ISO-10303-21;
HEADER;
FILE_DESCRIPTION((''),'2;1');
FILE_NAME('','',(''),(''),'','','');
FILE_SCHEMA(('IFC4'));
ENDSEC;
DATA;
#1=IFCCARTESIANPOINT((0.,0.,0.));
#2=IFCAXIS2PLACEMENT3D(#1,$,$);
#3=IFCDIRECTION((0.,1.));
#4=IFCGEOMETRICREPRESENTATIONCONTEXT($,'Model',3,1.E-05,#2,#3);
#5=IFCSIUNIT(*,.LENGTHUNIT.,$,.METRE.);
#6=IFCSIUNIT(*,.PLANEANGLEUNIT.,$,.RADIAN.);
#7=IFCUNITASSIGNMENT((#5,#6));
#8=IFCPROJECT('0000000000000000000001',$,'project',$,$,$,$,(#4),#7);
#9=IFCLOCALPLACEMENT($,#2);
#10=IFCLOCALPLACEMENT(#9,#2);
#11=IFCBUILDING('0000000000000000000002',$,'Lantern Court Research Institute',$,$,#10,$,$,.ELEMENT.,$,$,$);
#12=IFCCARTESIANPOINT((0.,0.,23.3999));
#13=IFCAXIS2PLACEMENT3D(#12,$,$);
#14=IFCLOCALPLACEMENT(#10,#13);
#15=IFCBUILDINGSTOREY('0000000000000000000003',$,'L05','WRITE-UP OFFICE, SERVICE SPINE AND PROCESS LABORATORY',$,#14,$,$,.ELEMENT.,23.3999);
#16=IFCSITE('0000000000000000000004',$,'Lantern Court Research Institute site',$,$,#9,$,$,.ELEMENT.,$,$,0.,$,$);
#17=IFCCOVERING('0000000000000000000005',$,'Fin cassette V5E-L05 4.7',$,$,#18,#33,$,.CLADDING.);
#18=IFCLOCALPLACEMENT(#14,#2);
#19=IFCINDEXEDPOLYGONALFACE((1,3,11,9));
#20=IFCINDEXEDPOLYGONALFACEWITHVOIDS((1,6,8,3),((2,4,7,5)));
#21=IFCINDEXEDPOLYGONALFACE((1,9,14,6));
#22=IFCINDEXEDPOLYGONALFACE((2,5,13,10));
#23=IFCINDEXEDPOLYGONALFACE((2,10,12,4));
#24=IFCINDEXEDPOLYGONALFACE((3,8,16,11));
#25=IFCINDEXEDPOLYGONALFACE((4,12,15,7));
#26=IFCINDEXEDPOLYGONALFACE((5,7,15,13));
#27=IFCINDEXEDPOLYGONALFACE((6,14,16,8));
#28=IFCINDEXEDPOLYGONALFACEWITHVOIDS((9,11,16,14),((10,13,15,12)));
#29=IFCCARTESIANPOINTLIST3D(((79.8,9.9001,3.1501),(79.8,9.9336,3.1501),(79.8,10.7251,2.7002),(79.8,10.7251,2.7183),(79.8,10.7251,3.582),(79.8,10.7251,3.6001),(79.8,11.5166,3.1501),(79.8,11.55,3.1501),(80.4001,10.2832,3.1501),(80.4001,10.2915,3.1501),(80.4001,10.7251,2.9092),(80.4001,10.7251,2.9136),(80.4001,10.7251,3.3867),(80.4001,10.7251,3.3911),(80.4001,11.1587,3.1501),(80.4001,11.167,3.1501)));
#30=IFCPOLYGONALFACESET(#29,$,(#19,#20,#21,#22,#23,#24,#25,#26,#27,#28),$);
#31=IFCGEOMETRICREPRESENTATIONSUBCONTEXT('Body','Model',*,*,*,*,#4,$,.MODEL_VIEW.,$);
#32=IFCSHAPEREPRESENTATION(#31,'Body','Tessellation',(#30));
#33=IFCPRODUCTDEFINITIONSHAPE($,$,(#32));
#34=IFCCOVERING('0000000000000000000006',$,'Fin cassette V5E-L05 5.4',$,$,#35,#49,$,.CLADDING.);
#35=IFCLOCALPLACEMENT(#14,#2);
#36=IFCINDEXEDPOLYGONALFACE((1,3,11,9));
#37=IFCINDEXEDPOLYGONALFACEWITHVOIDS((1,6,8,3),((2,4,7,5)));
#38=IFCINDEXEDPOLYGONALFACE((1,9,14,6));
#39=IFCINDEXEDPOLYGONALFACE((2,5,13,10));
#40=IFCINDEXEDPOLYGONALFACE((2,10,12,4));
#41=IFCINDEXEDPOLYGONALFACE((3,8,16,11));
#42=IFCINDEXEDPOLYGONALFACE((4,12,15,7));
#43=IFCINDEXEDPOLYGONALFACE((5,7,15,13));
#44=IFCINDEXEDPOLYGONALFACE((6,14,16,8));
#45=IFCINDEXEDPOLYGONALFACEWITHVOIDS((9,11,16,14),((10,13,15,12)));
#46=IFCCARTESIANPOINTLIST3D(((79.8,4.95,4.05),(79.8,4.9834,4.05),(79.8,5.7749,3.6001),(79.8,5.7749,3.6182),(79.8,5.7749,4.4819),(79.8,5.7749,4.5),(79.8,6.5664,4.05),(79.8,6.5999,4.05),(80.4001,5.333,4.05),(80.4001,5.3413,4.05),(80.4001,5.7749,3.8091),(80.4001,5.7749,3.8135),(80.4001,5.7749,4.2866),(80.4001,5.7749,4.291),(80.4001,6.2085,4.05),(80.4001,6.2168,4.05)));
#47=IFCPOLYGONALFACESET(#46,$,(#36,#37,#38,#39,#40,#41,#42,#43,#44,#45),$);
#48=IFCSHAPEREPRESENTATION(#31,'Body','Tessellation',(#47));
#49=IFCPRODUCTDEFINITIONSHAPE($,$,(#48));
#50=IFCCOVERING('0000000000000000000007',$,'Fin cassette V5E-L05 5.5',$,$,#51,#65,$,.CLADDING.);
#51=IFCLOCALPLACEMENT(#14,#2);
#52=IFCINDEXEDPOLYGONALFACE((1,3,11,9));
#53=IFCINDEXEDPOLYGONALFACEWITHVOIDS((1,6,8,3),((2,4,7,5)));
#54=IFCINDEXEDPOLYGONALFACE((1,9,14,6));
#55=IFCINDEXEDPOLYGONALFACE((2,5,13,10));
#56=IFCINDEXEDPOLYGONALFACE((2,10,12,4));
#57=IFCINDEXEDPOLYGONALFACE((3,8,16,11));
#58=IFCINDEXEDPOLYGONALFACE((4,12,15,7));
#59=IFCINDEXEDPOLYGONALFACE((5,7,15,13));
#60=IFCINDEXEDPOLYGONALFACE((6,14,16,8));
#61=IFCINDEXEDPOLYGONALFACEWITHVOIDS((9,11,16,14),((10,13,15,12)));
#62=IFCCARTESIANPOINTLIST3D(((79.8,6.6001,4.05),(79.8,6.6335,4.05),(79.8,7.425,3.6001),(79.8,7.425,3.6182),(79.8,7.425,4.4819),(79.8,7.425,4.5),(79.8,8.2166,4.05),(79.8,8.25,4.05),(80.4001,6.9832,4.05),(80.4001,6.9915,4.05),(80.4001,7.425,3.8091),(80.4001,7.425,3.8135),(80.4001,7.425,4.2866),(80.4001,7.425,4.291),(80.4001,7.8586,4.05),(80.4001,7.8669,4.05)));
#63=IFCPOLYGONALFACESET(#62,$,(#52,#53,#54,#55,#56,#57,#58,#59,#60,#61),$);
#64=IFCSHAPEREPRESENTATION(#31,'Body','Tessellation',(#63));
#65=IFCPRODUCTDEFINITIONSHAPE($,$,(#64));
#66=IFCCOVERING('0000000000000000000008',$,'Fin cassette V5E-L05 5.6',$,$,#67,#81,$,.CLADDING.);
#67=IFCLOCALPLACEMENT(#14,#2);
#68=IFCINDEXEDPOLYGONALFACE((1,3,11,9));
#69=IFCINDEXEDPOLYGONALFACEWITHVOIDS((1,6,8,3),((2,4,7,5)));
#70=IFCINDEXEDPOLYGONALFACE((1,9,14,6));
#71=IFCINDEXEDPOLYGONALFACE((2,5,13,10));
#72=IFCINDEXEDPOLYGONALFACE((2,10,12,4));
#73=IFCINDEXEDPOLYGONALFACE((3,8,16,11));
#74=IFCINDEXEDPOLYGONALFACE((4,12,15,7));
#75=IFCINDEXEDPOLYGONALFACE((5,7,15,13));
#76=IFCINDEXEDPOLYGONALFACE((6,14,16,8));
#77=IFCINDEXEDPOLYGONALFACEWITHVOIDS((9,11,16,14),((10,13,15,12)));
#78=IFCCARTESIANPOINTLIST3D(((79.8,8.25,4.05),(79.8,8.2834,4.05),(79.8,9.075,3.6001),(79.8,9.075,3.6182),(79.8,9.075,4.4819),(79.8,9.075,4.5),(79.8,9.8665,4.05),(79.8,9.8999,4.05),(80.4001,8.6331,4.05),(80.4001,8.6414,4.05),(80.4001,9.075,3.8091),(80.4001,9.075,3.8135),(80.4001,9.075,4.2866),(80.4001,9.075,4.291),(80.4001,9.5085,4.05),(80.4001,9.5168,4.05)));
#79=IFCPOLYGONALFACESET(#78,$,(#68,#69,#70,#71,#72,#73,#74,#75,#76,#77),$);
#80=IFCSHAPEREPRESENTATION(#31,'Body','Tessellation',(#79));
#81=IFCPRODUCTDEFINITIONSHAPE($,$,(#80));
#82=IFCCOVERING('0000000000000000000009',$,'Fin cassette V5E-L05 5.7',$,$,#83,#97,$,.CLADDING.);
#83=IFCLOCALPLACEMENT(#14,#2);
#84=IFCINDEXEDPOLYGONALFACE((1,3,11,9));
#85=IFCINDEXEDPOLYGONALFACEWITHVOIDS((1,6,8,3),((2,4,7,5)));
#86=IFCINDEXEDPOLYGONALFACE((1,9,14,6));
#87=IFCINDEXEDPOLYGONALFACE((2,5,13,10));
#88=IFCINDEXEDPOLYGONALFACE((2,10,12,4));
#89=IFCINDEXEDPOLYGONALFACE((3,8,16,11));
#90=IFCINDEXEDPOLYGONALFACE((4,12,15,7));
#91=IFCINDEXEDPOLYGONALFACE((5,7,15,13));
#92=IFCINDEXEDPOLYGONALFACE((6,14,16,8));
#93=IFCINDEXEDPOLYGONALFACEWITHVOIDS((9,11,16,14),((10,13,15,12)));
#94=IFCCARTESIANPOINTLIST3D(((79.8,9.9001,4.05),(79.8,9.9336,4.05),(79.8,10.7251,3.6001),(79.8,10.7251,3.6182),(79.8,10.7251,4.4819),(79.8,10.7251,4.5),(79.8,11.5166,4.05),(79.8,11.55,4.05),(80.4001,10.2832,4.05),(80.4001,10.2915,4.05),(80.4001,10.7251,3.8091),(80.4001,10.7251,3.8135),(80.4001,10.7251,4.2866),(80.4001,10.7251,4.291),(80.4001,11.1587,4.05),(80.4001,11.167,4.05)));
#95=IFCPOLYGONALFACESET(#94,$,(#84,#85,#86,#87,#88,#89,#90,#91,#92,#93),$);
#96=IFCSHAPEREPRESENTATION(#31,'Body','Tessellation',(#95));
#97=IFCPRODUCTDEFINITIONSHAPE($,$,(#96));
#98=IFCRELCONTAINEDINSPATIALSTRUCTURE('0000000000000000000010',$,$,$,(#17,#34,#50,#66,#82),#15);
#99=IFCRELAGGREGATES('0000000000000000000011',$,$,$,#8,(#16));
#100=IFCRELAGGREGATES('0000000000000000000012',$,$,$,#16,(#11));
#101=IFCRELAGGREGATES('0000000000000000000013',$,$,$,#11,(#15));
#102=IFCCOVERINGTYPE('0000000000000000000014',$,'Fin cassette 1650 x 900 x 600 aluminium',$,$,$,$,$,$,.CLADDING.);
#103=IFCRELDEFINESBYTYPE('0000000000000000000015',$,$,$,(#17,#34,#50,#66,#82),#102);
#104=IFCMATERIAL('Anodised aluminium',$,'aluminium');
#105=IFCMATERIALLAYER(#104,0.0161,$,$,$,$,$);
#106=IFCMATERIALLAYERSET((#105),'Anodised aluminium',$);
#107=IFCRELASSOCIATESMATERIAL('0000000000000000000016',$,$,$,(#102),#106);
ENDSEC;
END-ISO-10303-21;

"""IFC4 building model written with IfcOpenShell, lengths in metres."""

from ifc_helpers import new_model, entity, si_unit, direction, frame, origin, place, context, subcontext, project, spatial, material, layer, layer_set, type_object, element, save


model = new_model("IFC4")

# Units and contexts
model_context = context("Model", 3, precision=1e-05, world=origin(), true_north=direction((0.0, 1.0)))
body_context = subcontext(model_context, "Body", "Model", "MODEL_VIEW")
ifc_project = project(units=[si_unit("LENGTHUNIT", "METRE"), si_unit("PLANEANGLEUNIT", "RADIAN")], contexts=[model_context])

# Site, building, storey
site_placement = place(None, origin())
site = spatial("IfcSite", under=ifc_project, at=site_placement, Name="Lantern Court Research Institute site", CompositionType="ELEMENT", RefElevation=0.0)
building_placement = place(site_placement, origin())
building = spatial("IfcBuilding", under=site, at=building_placement, Name="Lantern Court Research Institute", CompositionType="ELEMENT")
storey_placement = place(building_placement, frame((0.0, 0.0, 23.3999)))
storey = spatial("IfcBuildingStorey", under=building, at=storey_placement, Name="L05", Description="WRITE-UP OFFICE, SERVICE SPINE AND PROCESS LABORATORY", CompositionType="ELEMENT", Elevation=23.3999)

# Coverings
ifc_material_1 = material(Name="Anodised aluminium", Category="aluminium")
ifc_layer_1 = layer(ifc_material_1, 0.0161)
ifc_layer_set_1 = layer_set([ifc_layer_1], Name="Anodised aluminium")
covering_type = type_object("IfcCoveringType", Name="Fin cassette 1650 x 900 x 600 aluminium", PredefinedType="CLADDING", material=ifc_layer_set_1)
covering_1_placement = place(storey_placement, frame((79.8, 10.7251, 3.1501), z_axis=(1.0, 0.0, 0.0), x_axis=(0.0, 1.0, 0.0)))
cartesian_point_1 = entity("IfcCartesianPoint", [0.825, 0.0])
cartesian_point_2 = entity("IfcCartesianPoint", [0.7915, 0.0])
cartesian_point_3 = entity("IfcCartesianPoint", [0.4419, 0.0])
cartesian_point_4 = entity("IfcCartesianPoint", [0.4336, 0.0])
element("IfcCovering", 1, at=covering_1_placement, inside=storey, type_object=covering_type, Name="Fin cassette V5E-L05 4.7", PredefinedType="CLADDING", context=body_context, shape_type="SweptSolid", body=[
    entity("IfcExtrudedAreaSolidTapered", entity("IfcArbitraryProfileDefWithVoids", "AREA", None, entity("IfcPolyline", [cartesian_point_1, entity("IfcCartesianPoint", [0.0, 0.45]), entity("IfcCartesianPoint", [-0.825, 0.0]), entity("IfcCartesianPoint", [0.0, -0.45]), cartesian_point_1]), [entity("IfcPolyline", [cartesian_point_2, entity("IfcCartesianPoint", [0.0, 0.4319]), entity("IfcCartesianPoint", [-0.7915, 0.0]), entity("IfcCartesianPoint", [0.0, -0.4319]), cartesian_point_2])]), entity("IfcAxis2Placement3D", entity("IfcCartesianPoint", [0.0, 0.0, 0.0])), entity("IfcDirection", [0.0, 0.0, 1.0]), 0.6001, entity("IfcArbitraryProfileDefWithVoids", "AREA", None, entity("IfcPolyline", [cartesian_point_3, entity("IfcCartesianPoint", [0.0, 0.241]), entity("IfcCartesianPoint", [-0.4419, 0.0]), entity("IfcCartesianPoint", [0.0, -0.241]), cartesian_point_3]), [entity("IfcPolyline", [cartesian_point_4, entity("IfcCartesianPoint", [0.0, 0.2366]), entity("IfcCartesianPoint", [-0.4336, 0.0]), entity("IfcCartesianPoint", [0.0, -0.2366]), cartesian_point_4])])),
])
covering_2_placement = place(storey_placement, frame((79.8, 5.7749, 4.05), z_axis=(1.0, 0.0, 0.0), x_axis=(0.0, 1.0, 0.0)))
cartesian_point_5 = entity("IfcCartesianPoint", [0.825, 0.0])
cartesian_point_6 = entity("IfcCartesianPoint", [0.7915, 0.0])
cartesian_point_7 = entity("IfcCartesianPoint", [0.4419, 0.0])
cartesian_point_8 = entity("IfcCartesianPoint", [0.4336, 0.0])
element("IfcCovering", 2, at=covering_2_placement, inside=storey, type_object=covering_type, Name="Fin cassette V5E-L05 5.4", PredefinedType="CLADDING", context=body_context, shape_type="SweptSolid", body=[
    entity("IfcExtrudedAreaSolidTapered", entity("IfcArbitraryProfileDefWithVoids", "AREA", None, entity("IfcPolyline", [cartesian_point_5, entity("IfcCartesianPoint", [0.0, 0.45]), entity("IfcCartesianPoint", [-0.825, 0.0]), entity("IfcCartesianPoint", [0.0, -0.45]), cartesian_point_5]), [entity("IfcPolyline", [cartesian_point_6, entity("IfcCartesianPoint", [0.0, 0.4319]), entity("IfcCartesianPoint", [-0.7915, 0.0]), entity("IfcCartesianPoint", [0.0, -0.4319]), cartesian_point_6])]), entity("IfcAxis2Placement3D", entity("IfcCartesianPoint", [0.0, 0.0, 0.0])), entity("IfcDirection", [0.0, 0.0, 1.0]), 0.6001, entity("IfcArbitraryProfileDefWithVoids", "AREA", None, entity("IfcPolyline", [cartesian_point_7, entity("IfcCartesianPoint", [0.0, 0.241]), entity("IfcCartesianPoint", [-0.4419, 0.0]), entity("IfcCartesianPoint", [0.0, -0.241]), cartesian_point_7]), [entity("IfcPolyline", [cartesian_point_8, entity("IfcCartesianPoint", [0.0, 0.2366]), entity("IfcCartesianPoint", [-0.4336, 0.0]), entity("IfcCartesianPoint", [0.0, -0.2366]), cartesian_point_8])])),
])
covering_3_placement = place(storey_placement, frame((79.8, 7.425, 4.05), z_axis=(1.0, 0.0, 0.0), x_axis=(0.0, 1.0, 0.0)))
cartesian_point_9 = entity("IfcCartesianPoint", [0.825, 0.0])
cartesian_point_10 = entity("IfcCartesianPoint", [0.7915, 0.0])
cartesian_point_11 = entity("IfcCartesianPoint", [0.4419, 0.0])
cartesian_point_12 = entity("IfcCartesianPoint", [0.4336, 0.0])
element("IfcCovering", 3, at=covering_3_placement, inside=storey, type_object=covering_type, Name="Fin cassette V5E-L05 5.5", PredefinedType="CLADDING", context=body_context, shape_type="SweptSolid", body=[
    entity("IfcExtrudedAreaSolidTapered", entity("IfcArbitraryProfileDefWithVoids", "AREA", None, entity("IfcPolyline", [cartesian_point_9, entity("IfcCartesianPoint", [0.0, 0.45]), entity("IfcCartesianPoint", [-0.825, 0.0]), entity("IfcCartesianPoint", [0.0, -0.45]), cartesian_point_9]), [entity("IfcPolyline", [cartesian_point_10, entity("IfcCartesianPoint", [0.0, 0.4319]), entity("IfcCartesianPoint", [-0.7915, 0.0]), entity("IfcCartesianPoint", [0.0, -0.4319]), cartesian_point_10])]), entity("IfcAxis2Placement3D", entity("IfcCartesianPoint", [0.0, 0.0, 0.0])), entity("IfcDirection", [0.0, 0.0, 1.0]), 0.6001, entity("IfcArbitraryProfileDefWithVoids", "AREA", None, entity("IfcPolyline", [cartesian_point_11, entity("IfcCartesianPoint", [0.0, 0.241]), entity("IfcCartesianPoint", [-0.4419, 0.0]), entity("IfcCartesianPoint", [0.0, -0.241]), cartesian_point_11]), [entity("IfcPolyline", [cartesian_point_12, entity("IfcCartesianPoint", [0.0, 0.2366]), entity("IfcCartesianPoint", [-0.4336, 0.0]), entity("IfcCartesianPoint", [0.0, -0.2366]), cartesian_point_12])])),
])
covering_4_placement = place(storey_placement, frame((79.8, 9.075, 4.05), z_axis=(1.0, 0.0, 0.0), x_axis=(0.0, 1.0, 0.0)))
cartesian_point_13 = entity("IfcCartesianPoint", [0.825, 0.0])
cartesian_point_14 = entity("IfcCartesianPoint", [0.7915, 0.0])
cartesian_point_15 = entity("IfcCartesianPoint", [0.4419, 0.0])
cartesian_point_16 = entity("IfcCartesianPoint", [0.4336, 0.0])
element("IfcCovering", 4, at=covering_4_placement, inside=storey, type_object=covering_type, Name="Fin cassette V5E-L05 5.6", PredefinedType="CLADDING", context=body_context, shape_type="SweptSolid", body=[
    entity("IfcExtrudedAreaSolidTapered", entity("IfcArbitraryProfileDefWithVoids", "AREA", None, entity("IfcPolyline", [cartesian_point_13, entity("IfcCartesianPoint", [0.0, 0.45]), entity("IfcCartesianPoint", [-0.825, 0.0]), entity("IfcCartesianPoint", [0.0, -0.45]), cartesian_point_13]), [entity("IfcPolyline", [cartesian_point_14, entity("IfcCartesianPoint", [0.0, 0.4319]), entity("IfcCartesianPoint", [-0.7915, 0.0]), entity("IfcCartesianPoint", [0.0, -0.4319]), cartesian_point_14])]), entity("IfcAxis2Placement3D", entity("IfcCartesianPoint", [0.0, 0.0, 0.0])), entity("IfcDirection", [0.0, 0.0, 1.0]), 0.6001, entity("IfcArbitraryProfileDefWithVoids", "AREA", None, entity("IfcPolyline", [cartesian_point_15, entity("IfcCartesianPoint", [0.0, 0.241]), entity("IfcCartesianPoint", [-0.4419, 0.0]), entity("IfcCartesianPoint", [0.0, -0.241]), cartesian_point_15]), [entity("IfcPolyline", [cartesian_point_16, entity("IfcCartesianPoint", [0.0, 0.2366]), entity("IfcCartesianPoint", [-0.4336, 0.0]), entity("IfcCartesianPoint", [0.0, -0.2366]), cartesian_point_16])])),
])
covering_5_placement = place(storey_placement, frame((79.8, 10.7251, 4.05), z_axis=(1.0, 0.0, 0.0), x_axis=(0.0, 1.0, 0.0)))
cartesian_point_17 = entity("IfcCartesianPoint", [0.825, 0.0])
cartesian_point_18 = entity("IfcCartesianPoint", [0.7915, 0.0])
cartesian_point_19 = entity("IfcCartesianPoint", [0.4419, 0.0])
cartesian_point_20 = entity("IfcCartesianPoint", [0.4336, 0.0])
element("IfcCovering", 5, at=covering_5_placement, inside=storey, type_object=covering_type, Name="Fin cassette V5E-L05 5.7", PredefinedType="CLADDING", context=body_context, shape_type="SweptSolid", body=[
    entity("IfcExtrudedAreaSolidTapered", entity("IfcArbitraryProfileDefWithVoids", "AREA", None, entity("IfcPolyline", [cartesian_point_17, entity("IfcCartesianPoint", [0.0, 0.45]), entity("IfcCartesianPoint", [-0.825, 0.0]), entity("IfcCartesianPoint", [0.0, -0.45]), cartesian_point_17]), [entity("IfcPolyline", [cartesian_point_18, entity("IfcCartesianPoint", [0.0, 0.4319]), entity("IfcCartesianPoint", [-0.7915, 0.0]), entity("IfcCartesianPoint", [0.0, -0.4319]), cartesian_point_18])]), entity("IfcAxis2Placement3D", entity("IfcCartesianPoint", [0.0, 0.0, 0.0])), entity("IfcDirection", [0.0, 0.0, 1.0]), 0.6001, entity("IfcArbitraryProfileDefWithVoids", "AREA", None, entity("IfcPolyline", [cartesian_point_19, entity("IfcCartesianPoint", [0.0, 0.241]), entity("IfcCartesianPoint", [-0.4419, 0.0]), entity("IfcCartesianPoint", [0.0, -0.241]), cartesian_point_19]), [entity("IfcPolyline", [cartesian_point_20, entity("IfcCartesianPoint", [0.0, 0.2366]), entity("IfcCartesianPoint", [-0.4336, 0.0]), entity("IfcCartesianPoint", [0.0, -0.2366]), cartesian_point_20])])),
])

save(model, "model.ifc")
